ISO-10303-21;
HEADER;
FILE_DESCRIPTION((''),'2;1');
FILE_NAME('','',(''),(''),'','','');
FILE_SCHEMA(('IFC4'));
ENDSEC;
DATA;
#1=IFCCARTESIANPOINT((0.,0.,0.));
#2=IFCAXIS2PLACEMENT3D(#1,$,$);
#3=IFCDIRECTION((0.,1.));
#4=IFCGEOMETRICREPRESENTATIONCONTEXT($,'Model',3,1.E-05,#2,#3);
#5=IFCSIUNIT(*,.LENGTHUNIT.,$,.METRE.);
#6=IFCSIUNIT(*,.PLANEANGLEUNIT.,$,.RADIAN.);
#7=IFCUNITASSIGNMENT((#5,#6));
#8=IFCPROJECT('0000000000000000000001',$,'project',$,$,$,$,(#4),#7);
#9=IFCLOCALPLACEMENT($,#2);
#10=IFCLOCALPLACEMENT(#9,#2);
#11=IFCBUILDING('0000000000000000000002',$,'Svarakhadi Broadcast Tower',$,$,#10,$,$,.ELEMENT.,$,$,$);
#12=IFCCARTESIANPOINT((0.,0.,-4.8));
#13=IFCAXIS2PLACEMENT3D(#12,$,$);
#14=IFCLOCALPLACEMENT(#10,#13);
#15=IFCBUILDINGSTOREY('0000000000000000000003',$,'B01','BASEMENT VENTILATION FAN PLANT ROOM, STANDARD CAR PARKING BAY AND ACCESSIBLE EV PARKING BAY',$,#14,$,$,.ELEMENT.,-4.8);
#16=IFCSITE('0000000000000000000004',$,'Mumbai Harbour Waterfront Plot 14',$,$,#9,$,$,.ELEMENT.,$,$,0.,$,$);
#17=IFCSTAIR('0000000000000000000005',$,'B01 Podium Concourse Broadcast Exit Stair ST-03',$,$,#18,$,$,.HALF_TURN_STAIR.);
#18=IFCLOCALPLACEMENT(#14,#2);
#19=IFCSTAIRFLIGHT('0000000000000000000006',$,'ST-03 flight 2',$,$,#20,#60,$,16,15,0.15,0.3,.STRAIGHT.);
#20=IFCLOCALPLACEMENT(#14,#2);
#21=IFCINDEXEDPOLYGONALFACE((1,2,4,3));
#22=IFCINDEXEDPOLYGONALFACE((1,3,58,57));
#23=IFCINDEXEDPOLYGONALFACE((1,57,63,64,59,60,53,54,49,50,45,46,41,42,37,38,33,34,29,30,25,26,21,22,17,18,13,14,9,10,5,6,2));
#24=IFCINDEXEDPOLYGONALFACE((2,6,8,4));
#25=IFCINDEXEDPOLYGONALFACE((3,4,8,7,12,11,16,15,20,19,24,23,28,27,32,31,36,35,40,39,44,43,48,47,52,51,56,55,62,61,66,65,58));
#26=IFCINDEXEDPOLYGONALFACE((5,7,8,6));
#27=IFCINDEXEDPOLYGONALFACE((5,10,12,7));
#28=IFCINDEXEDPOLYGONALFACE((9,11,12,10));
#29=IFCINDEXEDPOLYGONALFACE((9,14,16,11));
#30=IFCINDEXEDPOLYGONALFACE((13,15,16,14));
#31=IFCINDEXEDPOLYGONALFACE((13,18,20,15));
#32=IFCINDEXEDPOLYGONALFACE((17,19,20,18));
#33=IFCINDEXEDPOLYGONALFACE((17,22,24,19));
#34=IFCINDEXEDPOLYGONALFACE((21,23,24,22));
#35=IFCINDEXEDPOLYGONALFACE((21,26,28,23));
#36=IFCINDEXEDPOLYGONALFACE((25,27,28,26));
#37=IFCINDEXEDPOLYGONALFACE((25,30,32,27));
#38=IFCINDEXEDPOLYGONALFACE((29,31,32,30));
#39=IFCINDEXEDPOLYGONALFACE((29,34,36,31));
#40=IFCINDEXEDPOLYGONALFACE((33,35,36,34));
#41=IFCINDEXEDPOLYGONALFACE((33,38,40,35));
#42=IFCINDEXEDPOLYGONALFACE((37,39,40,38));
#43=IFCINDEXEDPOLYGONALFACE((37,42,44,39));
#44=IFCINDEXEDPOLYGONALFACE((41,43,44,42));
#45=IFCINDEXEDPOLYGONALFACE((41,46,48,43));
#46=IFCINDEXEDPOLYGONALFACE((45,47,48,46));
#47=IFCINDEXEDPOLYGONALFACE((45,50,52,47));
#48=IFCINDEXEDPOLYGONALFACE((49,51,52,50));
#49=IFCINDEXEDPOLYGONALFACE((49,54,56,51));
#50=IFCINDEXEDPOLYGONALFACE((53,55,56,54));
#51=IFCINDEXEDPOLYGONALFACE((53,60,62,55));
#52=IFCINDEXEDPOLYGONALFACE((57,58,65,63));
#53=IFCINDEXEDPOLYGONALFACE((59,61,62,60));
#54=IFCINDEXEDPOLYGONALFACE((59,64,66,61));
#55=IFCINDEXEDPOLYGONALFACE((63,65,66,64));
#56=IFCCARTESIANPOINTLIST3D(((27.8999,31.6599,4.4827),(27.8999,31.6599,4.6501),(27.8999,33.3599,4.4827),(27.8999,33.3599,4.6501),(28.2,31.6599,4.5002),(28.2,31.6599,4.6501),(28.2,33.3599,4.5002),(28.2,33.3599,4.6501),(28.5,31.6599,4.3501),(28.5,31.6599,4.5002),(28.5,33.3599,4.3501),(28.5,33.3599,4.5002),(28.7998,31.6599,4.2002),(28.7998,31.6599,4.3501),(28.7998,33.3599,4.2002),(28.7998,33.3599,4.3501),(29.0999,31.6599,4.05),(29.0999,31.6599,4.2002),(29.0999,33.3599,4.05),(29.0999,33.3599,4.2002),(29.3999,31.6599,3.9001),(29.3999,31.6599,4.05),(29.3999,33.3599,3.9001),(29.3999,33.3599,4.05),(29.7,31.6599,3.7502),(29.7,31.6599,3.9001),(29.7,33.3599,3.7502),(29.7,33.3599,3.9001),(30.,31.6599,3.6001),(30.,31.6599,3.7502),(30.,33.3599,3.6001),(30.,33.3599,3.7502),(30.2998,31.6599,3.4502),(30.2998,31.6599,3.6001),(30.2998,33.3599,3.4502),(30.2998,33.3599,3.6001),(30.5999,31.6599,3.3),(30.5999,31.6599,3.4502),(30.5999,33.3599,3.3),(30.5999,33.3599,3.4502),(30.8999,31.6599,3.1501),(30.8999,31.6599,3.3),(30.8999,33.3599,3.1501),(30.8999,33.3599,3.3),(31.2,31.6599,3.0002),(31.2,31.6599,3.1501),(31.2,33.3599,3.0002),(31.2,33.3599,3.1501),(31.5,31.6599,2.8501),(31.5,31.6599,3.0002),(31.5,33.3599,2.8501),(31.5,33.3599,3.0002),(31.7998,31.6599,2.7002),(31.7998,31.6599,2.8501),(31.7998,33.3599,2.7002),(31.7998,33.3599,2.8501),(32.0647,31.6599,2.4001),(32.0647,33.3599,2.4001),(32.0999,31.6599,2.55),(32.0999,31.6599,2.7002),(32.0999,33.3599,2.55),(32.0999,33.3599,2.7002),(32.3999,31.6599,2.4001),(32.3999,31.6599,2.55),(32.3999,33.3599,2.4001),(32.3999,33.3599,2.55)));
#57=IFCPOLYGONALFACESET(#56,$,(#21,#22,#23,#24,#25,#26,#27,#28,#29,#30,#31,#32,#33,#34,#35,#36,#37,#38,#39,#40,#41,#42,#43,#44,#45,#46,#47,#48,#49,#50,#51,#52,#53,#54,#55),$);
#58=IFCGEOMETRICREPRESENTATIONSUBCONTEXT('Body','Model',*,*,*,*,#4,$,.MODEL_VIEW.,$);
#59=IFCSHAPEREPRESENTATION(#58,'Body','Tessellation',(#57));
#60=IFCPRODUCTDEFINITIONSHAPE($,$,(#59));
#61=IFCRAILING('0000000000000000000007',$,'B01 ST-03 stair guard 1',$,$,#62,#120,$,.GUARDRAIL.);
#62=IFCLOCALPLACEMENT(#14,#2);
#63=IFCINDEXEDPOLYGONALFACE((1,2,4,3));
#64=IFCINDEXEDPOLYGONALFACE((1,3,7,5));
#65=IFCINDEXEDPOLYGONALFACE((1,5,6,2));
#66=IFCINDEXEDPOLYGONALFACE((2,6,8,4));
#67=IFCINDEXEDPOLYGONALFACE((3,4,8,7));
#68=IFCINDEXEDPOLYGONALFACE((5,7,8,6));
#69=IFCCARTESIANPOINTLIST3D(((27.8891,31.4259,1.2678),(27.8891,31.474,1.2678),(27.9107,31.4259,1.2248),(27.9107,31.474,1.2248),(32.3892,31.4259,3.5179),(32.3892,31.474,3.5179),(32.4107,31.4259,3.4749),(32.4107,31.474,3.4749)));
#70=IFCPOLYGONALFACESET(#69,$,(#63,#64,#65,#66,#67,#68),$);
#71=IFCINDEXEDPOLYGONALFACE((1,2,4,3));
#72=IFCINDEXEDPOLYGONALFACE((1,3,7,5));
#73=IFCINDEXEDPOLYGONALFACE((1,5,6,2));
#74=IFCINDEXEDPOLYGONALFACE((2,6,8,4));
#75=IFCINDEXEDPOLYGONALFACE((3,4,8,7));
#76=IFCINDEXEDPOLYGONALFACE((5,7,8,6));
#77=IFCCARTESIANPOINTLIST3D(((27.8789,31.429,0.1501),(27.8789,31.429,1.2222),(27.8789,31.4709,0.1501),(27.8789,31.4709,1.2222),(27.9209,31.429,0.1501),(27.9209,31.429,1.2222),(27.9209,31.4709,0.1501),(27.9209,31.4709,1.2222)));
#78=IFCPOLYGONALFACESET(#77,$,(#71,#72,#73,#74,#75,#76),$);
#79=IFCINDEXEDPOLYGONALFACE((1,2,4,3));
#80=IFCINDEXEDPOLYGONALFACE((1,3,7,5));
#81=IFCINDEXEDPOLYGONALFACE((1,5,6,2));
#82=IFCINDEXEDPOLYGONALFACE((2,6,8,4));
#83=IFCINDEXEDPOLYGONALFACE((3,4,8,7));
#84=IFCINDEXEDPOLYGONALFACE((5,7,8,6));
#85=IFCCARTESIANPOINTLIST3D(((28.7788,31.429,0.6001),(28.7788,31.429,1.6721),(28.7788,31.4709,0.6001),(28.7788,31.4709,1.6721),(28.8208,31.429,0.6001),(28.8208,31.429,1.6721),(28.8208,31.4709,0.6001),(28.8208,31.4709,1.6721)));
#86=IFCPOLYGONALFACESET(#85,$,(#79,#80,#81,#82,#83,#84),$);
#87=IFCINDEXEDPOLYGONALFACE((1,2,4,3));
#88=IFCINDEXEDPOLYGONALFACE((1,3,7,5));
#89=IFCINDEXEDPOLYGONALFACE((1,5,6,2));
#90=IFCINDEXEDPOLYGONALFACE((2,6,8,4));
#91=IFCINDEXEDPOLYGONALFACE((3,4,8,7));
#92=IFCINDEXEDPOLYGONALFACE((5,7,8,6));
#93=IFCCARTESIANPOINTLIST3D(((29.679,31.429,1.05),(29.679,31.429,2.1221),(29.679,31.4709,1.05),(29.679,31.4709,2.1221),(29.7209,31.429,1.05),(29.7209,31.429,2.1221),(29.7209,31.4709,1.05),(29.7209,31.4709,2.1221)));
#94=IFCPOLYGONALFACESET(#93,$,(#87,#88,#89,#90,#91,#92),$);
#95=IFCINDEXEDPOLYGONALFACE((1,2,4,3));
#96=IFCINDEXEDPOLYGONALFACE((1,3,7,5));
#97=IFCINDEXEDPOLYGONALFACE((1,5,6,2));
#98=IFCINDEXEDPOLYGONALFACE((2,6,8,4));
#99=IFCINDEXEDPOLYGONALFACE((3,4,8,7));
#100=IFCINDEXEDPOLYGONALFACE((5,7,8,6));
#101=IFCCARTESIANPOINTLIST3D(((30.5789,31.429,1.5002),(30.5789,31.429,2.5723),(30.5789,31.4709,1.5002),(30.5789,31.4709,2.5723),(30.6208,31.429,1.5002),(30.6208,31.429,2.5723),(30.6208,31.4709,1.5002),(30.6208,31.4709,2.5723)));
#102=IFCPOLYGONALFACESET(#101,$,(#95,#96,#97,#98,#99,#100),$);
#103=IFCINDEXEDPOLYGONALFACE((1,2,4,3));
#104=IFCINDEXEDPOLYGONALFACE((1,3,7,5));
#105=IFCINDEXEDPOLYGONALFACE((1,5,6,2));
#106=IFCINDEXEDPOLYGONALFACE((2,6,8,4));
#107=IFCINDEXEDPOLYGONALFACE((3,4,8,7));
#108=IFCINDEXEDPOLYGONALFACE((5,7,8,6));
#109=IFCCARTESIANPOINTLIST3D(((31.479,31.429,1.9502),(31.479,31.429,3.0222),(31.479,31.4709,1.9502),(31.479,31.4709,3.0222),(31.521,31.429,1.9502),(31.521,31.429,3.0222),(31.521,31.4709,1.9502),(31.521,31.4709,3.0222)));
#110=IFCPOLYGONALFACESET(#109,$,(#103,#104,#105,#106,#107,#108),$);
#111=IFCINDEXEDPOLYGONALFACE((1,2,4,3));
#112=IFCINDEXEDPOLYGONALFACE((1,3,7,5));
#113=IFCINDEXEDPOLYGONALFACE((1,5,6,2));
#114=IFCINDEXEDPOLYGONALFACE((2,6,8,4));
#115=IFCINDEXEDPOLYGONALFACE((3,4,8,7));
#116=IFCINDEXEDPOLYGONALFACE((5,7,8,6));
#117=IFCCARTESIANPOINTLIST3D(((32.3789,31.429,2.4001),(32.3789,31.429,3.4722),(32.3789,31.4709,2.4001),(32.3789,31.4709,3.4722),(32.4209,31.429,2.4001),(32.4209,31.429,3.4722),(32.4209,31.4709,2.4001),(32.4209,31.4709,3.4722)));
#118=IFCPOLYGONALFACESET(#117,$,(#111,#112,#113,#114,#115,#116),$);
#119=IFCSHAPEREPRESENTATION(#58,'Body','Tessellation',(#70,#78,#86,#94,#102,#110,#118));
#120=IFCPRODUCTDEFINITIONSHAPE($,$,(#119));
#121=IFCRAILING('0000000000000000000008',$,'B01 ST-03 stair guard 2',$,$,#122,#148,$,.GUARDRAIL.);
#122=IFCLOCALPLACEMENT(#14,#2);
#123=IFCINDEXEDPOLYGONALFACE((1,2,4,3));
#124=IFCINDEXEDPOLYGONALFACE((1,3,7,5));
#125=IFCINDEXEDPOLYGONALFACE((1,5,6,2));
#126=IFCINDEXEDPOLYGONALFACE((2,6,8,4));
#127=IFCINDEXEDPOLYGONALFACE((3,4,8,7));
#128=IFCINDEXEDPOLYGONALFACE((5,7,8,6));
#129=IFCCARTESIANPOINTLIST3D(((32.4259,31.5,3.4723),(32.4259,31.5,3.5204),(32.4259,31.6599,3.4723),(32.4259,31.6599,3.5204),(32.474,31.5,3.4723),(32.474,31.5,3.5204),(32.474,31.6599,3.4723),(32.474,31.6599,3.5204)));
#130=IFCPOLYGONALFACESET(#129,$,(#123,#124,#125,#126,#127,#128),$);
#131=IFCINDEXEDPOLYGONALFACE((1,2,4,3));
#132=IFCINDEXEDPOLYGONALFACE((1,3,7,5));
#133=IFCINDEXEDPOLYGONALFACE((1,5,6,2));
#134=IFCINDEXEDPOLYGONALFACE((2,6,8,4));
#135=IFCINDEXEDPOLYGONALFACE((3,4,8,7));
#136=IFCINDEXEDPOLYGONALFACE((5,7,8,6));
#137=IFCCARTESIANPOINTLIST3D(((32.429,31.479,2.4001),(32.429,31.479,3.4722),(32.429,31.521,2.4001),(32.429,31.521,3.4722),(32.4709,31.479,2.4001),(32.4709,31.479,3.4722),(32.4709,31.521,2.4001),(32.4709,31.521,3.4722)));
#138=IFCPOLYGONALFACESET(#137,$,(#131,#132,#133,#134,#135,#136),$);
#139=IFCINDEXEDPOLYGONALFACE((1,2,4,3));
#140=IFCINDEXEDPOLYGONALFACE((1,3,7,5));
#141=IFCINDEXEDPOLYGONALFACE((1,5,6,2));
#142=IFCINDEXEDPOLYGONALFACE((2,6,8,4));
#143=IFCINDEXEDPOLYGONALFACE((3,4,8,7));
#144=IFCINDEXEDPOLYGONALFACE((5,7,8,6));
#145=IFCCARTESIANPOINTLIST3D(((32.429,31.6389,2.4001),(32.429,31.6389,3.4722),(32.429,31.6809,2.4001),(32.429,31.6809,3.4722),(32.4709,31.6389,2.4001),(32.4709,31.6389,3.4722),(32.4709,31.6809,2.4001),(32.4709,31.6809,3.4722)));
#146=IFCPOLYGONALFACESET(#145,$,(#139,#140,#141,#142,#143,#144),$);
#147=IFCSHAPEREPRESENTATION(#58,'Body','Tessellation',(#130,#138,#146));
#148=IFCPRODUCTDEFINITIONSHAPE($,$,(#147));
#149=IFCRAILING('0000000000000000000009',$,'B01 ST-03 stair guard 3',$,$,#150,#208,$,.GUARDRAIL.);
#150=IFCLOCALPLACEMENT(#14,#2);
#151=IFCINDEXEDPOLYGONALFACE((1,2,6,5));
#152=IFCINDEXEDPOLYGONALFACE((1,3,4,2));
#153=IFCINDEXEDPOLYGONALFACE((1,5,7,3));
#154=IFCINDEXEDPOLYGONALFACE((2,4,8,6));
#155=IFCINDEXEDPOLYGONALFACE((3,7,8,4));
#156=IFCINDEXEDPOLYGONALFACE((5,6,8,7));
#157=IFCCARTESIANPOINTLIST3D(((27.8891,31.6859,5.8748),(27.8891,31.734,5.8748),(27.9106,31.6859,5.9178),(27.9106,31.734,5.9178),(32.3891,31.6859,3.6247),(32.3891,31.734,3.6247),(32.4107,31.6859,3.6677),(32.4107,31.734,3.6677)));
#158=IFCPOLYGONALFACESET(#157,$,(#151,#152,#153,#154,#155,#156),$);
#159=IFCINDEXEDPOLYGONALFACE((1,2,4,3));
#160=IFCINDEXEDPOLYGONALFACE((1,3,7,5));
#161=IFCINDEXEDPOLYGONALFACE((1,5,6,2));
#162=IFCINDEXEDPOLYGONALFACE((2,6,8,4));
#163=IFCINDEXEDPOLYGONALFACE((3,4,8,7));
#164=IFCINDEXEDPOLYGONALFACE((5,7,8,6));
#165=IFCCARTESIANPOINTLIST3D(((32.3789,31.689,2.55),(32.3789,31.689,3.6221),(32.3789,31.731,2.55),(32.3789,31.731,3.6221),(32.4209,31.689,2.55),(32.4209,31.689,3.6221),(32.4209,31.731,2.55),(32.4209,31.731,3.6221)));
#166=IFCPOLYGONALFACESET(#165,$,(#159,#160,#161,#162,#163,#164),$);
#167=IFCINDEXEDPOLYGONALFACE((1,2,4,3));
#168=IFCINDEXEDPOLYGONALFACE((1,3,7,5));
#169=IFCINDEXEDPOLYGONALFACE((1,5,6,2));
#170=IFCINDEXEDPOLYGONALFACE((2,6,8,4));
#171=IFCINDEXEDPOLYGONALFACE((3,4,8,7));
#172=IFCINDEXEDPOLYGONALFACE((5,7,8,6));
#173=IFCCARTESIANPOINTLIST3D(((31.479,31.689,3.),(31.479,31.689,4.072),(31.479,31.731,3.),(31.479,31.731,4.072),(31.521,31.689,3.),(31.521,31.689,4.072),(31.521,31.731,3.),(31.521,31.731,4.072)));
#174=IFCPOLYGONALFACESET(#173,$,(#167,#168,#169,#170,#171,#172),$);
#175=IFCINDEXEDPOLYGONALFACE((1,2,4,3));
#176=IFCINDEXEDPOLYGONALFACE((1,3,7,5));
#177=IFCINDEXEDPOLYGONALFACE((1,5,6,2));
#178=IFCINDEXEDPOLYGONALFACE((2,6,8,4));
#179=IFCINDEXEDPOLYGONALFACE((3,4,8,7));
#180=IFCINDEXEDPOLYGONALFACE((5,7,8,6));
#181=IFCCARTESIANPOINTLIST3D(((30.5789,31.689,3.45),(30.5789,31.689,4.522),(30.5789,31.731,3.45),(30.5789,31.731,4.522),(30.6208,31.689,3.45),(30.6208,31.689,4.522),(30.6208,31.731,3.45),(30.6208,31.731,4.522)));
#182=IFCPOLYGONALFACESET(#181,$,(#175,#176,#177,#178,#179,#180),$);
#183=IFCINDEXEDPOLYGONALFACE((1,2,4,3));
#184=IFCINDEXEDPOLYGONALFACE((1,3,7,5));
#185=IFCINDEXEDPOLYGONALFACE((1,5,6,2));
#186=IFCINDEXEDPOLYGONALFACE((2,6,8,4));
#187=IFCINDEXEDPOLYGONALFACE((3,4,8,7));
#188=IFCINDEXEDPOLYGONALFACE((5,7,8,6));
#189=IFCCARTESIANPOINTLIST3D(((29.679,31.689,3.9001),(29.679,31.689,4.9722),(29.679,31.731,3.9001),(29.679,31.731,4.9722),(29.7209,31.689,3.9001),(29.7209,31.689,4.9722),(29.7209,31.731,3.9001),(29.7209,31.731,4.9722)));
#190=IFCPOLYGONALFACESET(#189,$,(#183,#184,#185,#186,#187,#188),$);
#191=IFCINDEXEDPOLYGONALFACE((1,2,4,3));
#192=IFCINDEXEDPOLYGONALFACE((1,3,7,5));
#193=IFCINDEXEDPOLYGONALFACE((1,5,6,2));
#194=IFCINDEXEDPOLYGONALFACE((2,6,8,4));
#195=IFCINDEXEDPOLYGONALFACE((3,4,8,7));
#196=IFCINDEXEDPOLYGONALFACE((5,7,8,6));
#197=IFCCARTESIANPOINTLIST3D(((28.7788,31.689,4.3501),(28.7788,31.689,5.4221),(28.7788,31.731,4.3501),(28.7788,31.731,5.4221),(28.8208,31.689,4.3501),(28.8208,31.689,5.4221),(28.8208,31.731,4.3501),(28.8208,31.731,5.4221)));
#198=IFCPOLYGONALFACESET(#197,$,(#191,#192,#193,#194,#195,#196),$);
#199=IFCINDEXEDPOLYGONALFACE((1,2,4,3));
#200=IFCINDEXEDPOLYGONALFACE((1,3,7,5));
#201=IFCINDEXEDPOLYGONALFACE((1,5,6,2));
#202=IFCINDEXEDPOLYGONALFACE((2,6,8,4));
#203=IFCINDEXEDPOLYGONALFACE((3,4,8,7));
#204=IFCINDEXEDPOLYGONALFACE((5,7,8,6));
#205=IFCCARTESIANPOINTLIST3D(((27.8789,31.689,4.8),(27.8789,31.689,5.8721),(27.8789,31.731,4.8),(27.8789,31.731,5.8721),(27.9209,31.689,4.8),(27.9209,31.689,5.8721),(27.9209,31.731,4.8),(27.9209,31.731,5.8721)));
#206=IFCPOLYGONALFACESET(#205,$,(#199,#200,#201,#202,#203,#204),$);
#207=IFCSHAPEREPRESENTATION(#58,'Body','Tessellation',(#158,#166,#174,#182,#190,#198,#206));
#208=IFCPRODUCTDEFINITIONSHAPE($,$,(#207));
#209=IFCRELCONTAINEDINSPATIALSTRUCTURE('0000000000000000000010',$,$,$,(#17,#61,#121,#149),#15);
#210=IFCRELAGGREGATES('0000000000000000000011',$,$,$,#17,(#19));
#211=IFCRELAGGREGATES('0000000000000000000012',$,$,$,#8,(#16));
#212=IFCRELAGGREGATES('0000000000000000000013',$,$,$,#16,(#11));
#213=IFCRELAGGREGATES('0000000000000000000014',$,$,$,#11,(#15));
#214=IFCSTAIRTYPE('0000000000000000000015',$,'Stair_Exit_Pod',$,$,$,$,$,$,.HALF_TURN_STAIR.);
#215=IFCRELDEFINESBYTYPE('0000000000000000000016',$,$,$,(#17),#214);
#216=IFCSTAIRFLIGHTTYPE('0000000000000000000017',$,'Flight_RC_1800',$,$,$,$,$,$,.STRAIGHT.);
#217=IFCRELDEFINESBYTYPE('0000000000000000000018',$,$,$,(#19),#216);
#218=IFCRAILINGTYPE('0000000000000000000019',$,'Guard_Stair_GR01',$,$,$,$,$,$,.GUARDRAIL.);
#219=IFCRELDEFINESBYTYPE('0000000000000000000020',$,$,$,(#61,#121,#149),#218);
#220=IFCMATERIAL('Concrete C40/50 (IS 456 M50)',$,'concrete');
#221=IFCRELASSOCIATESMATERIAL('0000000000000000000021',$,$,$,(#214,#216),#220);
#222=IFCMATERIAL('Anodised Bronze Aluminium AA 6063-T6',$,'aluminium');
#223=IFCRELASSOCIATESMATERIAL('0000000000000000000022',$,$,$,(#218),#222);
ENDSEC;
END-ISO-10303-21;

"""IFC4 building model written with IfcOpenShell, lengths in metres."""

from ifc_helpers import new_model, si_unit, direction, frame, origin, origin_2d, place, context, subcontext, project, spatial, polyline, rectangle, outline, extrude, material, type_object, element, aggregate, save


model = new_model("IFC4")

# Units and contexts
model_context = context("Model", 3, precision=1e-05, world=origin(), true_north=direction((0.0, 1.0)))
body_context = subcontext(model_context, "Body", "Model", "MODEL_VIEW")
ifc_project = project(units=[si_unit("LENGTHUNIT", "METRE"), si_unit("PLANEANGLEUNIT", "RADIAN")], contexts=[model_context])

# Site, building, storey
site_placement = place(None, origin())
site = spatial("IfcSite", under=ifc_project, at=site_placement, Name="Mumbai Harbour Waterfront Plot 14", CompositionType="ELEMENT", RefElevation=0.0)
building_placement = place(site_placement, origin())
building = spatial("IfcBuilding", under=site, at=building_placement, Name="Svarakhadi Broadcast Tower", CompositionType="ELEMENT")
storey_placement = place(building_placement, frame((0.0, 0.0, -4.8)))
storey = spatial("IfcBuildingStorey", under=building, at=storey_placement, Name="B01", Description="BASEMENT VENTILATION FAN PLANT ROOM, STANDARD CAR PARKING BAY AND ACCESSIBLE EV PARKING BAY", CompositionType="ELEMENT", Elevation=-4.8)

# Stair, stair flight
ifc_material_1 = material(Name="Concrete C40/50 (IS 456 M50)", Category="concrete")
stair_type = type_object("IfcStairType", Name="Stair_Exit_Pod", PredefinedType="HALF_TURN_STAIR", material=ifc_material_1)
stair_placement = place(storey_placement, origin())
stair = element("IfcStair", 1, at=stair_placement, inside=storey, type_object=stair_type, Name="B01 Podium Concourse Broadcast Exit Stair ST-03", PredefinedType="HALF_TURN_STAIR")
stair_flight_type = type_object("IfcStairFlightType", Name="Flight_RC_1800", PredefinedType="STRAIGHT", material=ifc_material_1)
stair_flight_1_placement = place(storey_placement, frame((32.3999, 32.51, 2.4001), z_axis=(0.0, 0.0, 1.0), x_axis=(-1.0, 0.0, 0.0)))
stair_flight_1 = element("IfcStairFlight", 2, at=stair_flight_1_placement, type_object=stair_flight_type, Name="ST-03 flight 2", NumberOfRisers=16, NumberOfTreads=15, PredefinedType="STRAIGHT", RiserHeight=0.15, TreadLength=0.3, context=body_context, shape_type="SweptSolid", body=[
    extrude(outline(polyline([(0.0, 0.0), (0.0, 0.1499), (0.3, 0.1499), (0.3, 0.3), (0.6001, 0.3), (0.6001, 0.45), (0.8999, 0.45), (0.8999, 0.6001), (1.2, 0.6001), (1.2, 0.75), (1.5, 0.75), (1.5, 0.8999), (1.8, 0.8999), (1.8, 1.05), (2.1001, 1.05), (2.1001, 1.2), (2.3999, 1.2), (2.3999, 1.3501), (2.7, 1.3501), (2.7, 1.5), (3.0, 1.5), (3.0, 1.6499), (3.3, 1.6499), (3.3, 1.8), (3.6001, 1.8), (3.6001, 1.95), (3.8999, 1.95), (3.8999, 2.1001), (4.2, 2.1001), (4.2, 2.25), (4.5, 2.25), (4.5, 2.3999), (4.5, 2.0825), (0.3352, 0.0), (0.0, 0.0)])), frame((0.0, 0.8501, 0.0), z_axis=(0.0, -1.0, 0.0), x_axis=(1.0, 0.0, 0.0)), (0.0, 0.0, 1.0), 1.7),
])
aggregate(stair, [stair_flight_1])

# Railings
ifc_material_2 = material(Name="Anodised Bronze Aluminium AA 6063-T6", Category="aluminium")
railing_type_1 = type_object("IfcRailingType", Name="Guard_Stair_GR01", PredefinedType="GUARDRAIL", material=ifc_material_2)
railing_1_placement = place(storey_placement, frame((27.8999, 31.45, 0.1501)))
element("IfcRailing", 3, at=railing_1_placement, inside=storey, type_object=railing_type_1, Name="B01 ST-03 stair guard 1", PredefinedType="GUARDRAIL", context=body_context, shape_type="SweptSolid", body=[
    extrude(rectangle(XDim=0.0481, YDim=0.0481, at=origin_2d()), frame((0.0, 0.0, 1.0962), z_axis=(0.894427, 0.0, 0.447214), x_axis=(0.0, 1.0, 0.0)), (0.0, 0.0, 1.0), 5.0312),
    extrude(rectangle(XDim=0.042, YDim=0.042, at=origin_2d()), origin(), (0.0, 0.0, 1.0), 1.072),
    extrude(rectangle(XDim=0.042, YDim=0.042, at=origin_2d()), frame((0.8999, 0.0, 0.45)), (0.0, 0.0, 1.0), 1.072),
    extrude(rectangle(XDim=0.042, YDim=0.042, at=origin_2d()), frame((1.8, 0.0, 0.8999)), (0.0, 0.0, 1.0), 1.072),
    extrude(rectangle(XDim=0.042, YDim=0.042, at=origin_2d()), frame((2.7, 0.0, 1.3501)), (0.0, 0.0, 1.0), 1.072),
    extrude(rectangle(XDim=0.042, YDim=0.042, at=origin_2d()), frame((3.6001, 0.0, 1.8)), (0.0, 0.0, 1.0), 1.072),
    extrude(rectangle(XDim=0.042, YDim=0.042, at=origin_2d()), frame((4.5, 0.0, 2.25)), (0.0, 0.0, 1.0), 1.072),
])
railing_2_placement = place(storey_placement, frame((32.45, 31.5, 2.4001)))
element("IfcRailing", 4, at=railing_2_placement, inside=storey, type_object=railing_type_1, Name="B01 ST-03 stair guard 2", PredefinedType="GUARDRAIL", context=body_context, shape_type="SweptSolid", body=[
    extrude(rectangle(XDim=0.0481, YDim=0.0481, at=origin_2d()), frame((0.0, 0.0, 1.0962), z_axis=(0.0, 1.0, 0.0), x_axis=(-1.0, 0.0, 0.0)), (0.0, 0.0, 1.0), 0.1599),
    extrude(rectangle(XDim=0.042, YDim=0.042, at=origin_2d()), origin(), (0.0, 0.0, 1.0), 1.072),
    extrude(rectangle(XDim=0.042, YDim=0.042, at=origin_2d()), frame((0.0, 0.1599, 0.0)), (0.0, 0.0, 1.0), 1.072),
])
railing_3_placement = place(storey_placement, frame((32.3999, 31.71, 2.55)))
element("IfcRailing", 5, at=railing_3_placement, inside=storey, type_object=railing_type_1, Name="B01 ST-03 stair guard 3", PredefinedType="GUARDRAIL", context=body_context, shape_type="SweptSolid", body=[
    extrude(rectangle(XDim=0.0481, YDim=0.0481, at=origin_2d()), frame((0.0, 0.0, 1.0962), z_axis=(-0.894427, 0.0, 0.447214), x_axis=(0.0, -1.0, 0.0)), (0.0, 0.0, 1.0), 5.0312),
    extrude(rectangle(XDim=0.042, YDim=0.042, at=origin_2d()), origin(), (0.0, 0.0, 1.0), 1.072),
    extrude(rectangle(XDim=0.042, YDim=0.042, at=origin_2d()), frame((-0.8999, 0.0, 0.45)), (0.0, 0.0, 1.0), 1.072),
    extrude(rectangle(XDim=0.042, YDim=0.042, at=origin_2d()), frame((-1.8, 0.0, 0.8999)), (0.0, 0.0, 1.0), 1.072),
    extrude(rectangle(XDim=0.042, YDim=0.042, at=origin_2d()), frame((-2.7, 0.0, 1.3501)), (0.0, 0.0, 1.0), 1.072),
    extrude(rectangle(XDim=0.042, YDim=0.042, at=origin_2d()), frame((-3.6001, 0.0, 1.8)), (0.0, 0.0, 1.0), 1.072),
    extrude(rectangle(XDim=0.042, YDim=0.042, at=origin_2d()), frame((-4.5, 0.0, 2.25)), (0.0, 0.0, 1.0), 1.072),
])

save(model, "model.ifc")
